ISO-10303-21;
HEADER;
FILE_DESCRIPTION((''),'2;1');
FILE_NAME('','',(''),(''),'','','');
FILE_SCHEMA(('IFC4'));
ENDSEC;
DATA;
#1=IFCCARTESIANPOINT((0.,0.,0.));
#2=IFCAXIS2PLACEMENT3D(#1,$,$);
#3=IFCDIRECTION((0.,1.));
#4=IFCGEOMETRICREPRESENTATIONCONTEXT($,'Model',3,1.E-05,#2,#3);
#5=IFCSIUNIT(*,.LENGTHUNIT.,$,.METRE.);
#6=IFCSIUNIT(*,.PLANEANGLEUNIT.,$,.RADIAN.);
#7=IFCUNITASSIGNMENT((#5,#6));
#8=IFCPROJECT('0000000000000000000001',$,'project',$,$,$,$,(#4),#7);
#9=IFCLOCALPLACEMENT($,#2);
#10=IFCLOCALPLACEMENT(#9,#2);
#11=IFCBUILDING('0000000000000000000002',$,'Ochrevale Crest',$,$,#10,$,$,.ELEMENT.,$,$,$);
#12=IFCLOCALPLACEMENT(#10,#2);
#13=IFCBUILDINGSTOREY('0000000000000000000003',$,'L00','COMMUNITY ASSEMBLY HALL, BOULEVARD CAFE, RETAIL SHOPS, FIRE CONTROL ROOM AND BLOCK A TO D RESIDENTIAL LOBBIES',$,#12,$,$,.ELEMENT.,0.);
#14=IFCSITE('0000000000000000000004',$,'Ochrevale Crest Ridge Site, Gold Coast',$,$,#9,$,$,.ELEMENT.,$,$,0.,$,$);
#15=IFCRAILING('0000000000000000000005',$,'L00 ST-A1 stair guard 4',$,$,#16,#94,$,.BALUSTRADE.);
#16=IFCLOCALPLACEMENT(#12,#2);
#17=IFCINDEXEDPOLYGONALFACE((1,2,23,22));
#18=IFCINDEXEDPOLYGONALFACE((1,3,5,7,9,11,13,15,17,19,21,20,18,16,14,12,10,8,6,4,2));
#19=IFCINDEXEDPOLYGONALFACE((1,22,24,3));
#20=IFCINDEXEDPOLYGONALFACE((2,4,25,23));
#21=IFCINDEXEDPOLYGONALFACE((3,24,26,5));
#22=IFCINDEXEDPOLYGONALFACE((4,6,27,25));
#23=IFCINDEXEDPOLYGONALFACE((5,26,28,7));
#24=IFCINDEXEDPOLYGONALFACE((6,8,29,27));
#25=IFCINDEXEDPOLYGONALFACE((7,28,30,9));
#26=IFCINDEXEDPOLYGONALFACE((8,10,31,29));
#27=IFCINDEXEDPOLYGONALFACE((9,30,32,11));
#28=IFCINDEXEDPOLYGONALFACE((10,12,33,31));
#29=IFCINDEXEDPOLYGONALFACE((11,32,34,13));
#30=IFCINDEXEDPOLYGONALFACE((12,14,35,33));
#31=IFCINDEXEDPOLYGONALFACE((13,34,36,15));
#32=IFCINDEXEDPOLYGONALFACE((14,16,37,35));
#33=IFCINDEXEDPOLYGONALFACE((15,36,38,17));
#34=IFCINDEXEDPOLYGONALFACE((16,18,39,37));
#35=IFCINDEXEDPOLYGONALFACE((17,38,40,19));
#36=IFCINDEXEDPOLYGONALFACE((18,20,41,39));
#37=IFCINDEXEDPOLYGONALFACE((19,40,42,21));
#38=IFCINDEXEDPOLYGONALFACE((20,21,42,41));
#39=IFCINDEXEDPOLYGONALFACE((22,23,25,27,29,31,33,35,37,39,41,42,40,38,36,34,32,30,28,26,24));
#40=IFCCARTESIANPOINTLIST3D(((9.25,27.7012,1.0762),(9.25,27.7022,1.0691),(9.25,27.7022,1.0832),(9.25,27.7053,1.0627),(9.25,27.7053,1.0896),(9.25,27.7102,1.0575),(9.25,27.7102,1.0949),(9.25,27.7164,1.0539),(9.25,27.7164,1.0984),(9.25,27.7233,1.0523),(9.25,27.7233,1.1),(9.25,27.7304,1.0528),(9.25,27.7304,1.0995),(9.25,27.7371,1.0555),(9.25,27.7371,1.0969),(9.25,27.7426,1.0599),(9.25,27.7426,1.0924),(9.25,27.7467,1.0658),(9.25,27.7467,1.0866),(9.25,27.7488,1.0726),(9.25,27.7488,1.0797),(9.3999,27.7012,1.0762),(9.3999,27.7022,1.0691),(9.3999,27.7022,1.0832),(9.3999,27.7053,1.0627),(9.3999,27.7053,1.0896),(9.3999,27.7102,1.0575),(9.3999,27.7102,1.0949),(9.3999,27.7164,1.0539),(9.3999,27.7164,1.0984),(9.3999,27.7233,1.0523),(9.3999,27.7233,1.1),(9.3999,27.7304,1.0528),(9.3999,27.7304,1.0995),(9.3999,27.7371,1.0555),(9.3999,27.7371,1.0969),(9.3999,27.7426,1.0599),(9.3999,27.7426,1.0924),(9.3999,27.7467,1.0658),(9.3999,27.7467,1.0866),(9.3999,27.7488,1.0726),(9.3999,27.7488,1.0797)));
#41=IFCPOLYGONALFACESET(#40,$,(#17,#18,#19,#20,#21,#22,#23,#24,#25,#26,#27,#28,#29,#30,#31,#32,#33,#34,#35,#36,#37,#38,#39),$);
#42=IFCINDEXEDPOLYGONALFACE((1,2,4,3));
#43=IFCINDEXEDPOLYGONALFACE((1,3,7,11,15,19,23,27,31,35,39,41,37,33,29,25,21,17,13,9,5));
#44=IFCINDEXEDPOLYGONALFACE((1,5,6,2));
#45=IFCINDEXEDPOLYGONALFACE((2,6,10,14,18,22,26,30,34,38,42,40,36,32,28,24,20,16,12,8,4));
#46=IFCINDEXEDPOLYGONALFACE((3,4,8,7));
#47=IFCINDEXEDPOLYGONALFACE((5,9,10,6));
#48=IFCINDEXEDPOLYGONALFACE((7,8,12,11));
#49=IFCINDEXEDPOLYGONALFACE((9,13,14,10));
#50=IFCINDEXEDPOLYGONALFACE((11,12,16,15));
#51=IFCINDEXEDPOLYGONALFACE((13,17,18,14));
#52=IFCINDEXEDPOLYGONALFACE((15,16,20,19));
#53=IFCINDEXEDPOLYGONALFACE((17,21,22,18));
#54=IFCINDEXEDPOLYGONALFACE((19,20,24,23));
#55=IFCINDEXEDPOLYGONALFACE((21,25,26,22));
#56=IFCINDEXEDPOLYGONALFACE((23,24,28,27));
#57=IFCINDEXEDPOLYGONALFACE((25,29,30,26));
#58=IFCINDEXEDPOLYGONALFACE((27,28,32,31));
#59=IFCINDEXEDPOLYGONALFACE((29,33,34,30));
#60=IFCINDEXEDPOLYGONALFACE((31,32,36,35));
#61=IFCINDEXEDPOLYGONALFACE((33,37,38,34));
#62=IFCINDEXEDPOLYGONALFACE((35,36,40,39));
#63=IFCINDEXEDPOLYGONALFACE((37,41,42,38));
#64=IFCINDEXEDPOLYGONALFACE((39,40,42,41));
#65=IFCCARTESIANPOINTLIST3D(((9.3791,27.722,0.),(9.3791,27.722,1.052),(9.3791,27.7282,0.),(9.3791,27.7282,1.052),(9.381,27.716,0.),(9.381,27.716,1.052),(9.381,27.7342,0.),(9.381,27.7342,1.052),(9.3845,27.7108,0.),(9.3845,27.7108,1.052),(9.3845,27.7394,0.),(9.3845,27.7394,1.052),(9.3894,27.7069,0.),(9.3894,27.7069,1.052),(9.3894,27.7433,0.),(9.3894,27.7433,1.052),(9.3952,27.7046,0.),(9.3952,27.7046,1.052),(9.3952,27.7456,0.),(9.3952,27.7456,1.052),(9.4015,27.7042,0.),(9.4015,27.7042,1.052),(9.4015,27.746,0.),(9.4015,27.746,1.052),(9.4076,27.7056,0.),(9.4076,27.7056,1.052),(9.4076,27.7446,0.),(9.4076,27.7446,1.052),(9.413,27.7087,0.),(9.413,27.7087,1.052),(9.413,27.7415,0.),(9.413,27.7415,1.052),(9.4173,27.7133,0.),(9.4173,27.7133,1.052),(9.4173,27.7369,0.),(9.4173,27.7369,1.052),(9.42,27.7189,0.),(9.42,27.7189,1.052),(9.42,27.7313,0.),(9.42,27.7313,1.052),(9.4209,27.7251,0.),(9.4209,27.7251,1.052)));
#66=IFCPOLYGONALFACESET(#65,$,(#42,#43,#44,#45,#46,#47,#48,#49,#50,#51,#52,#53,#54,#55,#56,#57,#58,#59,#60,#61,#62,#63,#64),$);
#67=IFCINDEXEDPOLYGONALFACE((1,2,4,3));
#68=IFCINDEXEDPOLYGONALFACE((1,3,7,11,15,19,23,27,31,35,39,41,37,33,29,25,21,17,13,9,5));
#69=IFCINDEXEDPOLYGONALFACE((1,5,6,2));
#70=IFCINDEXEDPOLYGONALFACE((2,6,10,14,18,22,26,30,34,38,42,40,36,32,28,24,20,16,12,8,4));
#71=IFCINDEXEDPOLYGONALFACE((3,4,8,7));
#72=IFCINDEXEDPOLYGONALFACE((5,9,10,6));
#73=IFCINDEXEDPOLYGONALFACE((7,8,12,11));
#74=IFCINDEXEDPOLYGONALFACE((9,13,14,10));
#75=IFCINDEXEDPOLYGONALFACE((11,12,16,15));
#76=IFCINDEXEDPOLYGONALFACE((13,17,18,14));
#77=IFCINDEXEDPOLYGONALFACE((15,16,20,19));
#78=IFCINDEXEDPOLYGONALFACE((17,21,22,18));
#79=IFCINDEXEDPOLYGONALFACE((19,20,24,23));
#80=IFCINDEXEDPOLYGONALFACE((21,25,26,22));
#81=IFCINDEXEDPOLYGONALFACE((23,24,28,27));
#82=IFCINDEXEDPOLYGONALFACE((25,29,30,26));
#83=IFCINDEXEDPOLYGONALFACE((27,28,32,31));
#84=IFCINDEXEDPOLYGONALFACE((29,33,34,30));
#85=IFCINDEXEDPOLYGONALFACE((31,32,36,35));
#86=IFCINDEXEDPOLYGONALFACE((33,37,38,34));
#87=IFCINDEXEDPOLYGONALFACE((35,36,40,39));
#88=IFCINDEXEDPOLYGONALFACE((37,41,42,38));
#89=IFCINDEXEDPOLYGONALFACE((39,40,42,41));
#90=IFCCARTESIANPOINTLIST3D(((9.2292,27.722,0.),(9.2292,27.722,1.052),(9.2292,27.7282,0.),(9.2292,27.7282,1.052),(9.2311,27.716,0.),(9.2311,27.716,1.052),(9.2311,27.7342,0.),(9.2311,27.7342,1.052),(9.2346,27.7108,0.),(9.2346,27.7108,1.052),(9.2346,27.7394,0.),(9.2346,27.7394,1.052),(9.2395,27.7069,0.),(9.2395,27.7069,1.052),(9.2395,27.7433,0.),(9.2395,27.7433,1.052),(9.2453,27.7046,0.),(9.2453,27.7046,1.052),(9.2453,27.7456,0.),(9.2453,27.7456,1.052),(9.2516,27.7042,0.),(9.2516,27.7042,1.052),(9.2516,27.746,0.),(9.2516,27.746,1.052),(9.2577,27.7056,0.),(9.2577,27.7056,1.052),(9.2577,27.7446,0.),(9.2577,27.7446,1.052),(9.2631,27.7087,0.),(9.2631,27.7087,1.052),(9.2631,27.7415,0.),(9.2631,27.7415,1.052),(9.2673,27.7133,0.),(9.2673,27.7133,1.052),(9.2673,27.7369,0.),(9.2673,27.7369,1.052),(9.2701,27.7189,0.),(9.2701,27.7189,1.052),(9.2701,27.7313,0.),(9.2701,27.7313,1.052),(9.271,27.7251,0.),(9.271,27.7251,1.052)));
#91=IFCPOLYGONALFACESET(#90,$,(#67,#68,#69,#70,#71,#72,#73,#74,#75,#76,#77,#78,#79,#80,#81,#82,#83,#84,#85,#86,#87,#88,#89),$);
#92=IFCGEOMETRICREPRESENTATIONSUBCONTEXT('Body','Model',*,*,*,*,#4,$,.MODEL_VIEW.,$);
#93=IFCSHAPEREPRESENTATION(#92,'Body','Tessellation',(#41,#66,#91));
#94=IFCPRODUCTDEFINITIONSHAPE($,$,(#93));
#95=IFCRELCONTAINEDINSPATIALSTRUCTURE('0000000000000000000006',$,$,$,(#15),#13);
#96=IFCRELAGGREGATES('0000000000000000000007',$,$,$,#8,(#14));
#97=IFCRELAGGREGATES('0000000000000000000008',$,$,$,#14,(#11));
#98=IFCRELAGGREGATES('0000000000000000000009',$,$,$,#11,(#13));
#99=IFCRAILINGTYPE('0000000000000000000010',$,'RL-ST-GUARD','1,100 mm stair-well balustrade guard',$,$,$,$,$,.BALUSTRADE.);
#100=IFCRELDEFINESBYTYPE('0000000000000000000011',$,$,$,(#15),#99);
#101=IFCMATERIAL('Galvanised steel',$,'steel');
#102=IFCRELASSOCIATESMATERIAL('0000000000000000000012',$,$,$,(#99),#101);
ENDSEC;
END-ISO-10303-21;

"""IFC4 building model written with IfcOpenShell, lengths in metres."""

from ifc_helpers import new_model, si_unit, direction, frame, origin, origin_2d, place, context, subcontext, project, spatial, circle, extrude, material, type_object, element, save


model = new_model("IFC4")

# Units and contexts
model_context = context("Model", 3, precision=1e-05, world=origin(), true_north=direction((0.0, 1.0)))
body_context = subcontext(model_context, "Body", "Model", "MODEL_VIEW")
ifc_project = project(units=[si_unit("LENGTHUNIT", "METRE"), si_unit("PLANEANGLEUNIT", "RADIAN")], contexts=[model_context])

# Site, building, storey
site_placement = place(None, origin())
site = spatial("IfcSite", under=ifc_project, at=site_placement, Name="Ochrevale Crest Ridge Site, Gold Coast", CompositionType="ELEMENT", RefElevation=0.0)
building_placement = place(site_placement, origin())
building = spatial("IfcBuilding", under=site, at=building_placement, Name="Ochrevale Crest", CompositionType="ELEMENT")
storey_placement = place(building_placement, origin())
storey = spatial("IfcBuildingStorey", under=building, at=storey_placement, Name="L00", Description="COMMUNITY ASSEMBLY HALL, BOULEVARD CAFE, RETAIL SHOPS, FIRE CONTROL ROOM AND BLOCK A TO D RESIDENTIAL LOBBIES", CompositionType="ELEMENT", Elevation=0.0)

# Railing
ifc_material_1 = material(Name="Galvanised steel", Category="steel")
railing_type_1 = type_object("IfcRailingType", Name="RL-ST-GUARD", Description="1,100 mm stair-well balustrade guard", PredefinedType="BALUSTRADE", material=ifc_material_1)
railing_1_placement = place(storey_placement, frame((9.3999, 27.7251, 0.0)))
element("IfcRailing", 1, at=railing_1_placement, inside=storey, type_object=railing_type_1, Name="L00 ST-A1 stair guard 4", PredefinedType="BALUSTRADE", context=body_context, shape_type="SweptSolid", body=[
    extrude(circle(Radius=0.0239, at=origin_2d()), frame((0.0, 0.0, 1.0762), z_axis=(-1.0, 0.0, 0.0), x_axis=(0.0, -1.0, 0.0)), (0.0, 0.0, 1.0), 0.1499),
    extrude(circle(Radius=0.021, at=origin_2d()), origin(), (0.0, 0.0, 1.0), 1.052),
    extrude(circle(Radius=0.021, at=origin_2d()), frame((-0.1499, 0.0, 0.0)), (0.0, 0.0, 1.0), 1.052),
])

save(model, "model.ifc")
